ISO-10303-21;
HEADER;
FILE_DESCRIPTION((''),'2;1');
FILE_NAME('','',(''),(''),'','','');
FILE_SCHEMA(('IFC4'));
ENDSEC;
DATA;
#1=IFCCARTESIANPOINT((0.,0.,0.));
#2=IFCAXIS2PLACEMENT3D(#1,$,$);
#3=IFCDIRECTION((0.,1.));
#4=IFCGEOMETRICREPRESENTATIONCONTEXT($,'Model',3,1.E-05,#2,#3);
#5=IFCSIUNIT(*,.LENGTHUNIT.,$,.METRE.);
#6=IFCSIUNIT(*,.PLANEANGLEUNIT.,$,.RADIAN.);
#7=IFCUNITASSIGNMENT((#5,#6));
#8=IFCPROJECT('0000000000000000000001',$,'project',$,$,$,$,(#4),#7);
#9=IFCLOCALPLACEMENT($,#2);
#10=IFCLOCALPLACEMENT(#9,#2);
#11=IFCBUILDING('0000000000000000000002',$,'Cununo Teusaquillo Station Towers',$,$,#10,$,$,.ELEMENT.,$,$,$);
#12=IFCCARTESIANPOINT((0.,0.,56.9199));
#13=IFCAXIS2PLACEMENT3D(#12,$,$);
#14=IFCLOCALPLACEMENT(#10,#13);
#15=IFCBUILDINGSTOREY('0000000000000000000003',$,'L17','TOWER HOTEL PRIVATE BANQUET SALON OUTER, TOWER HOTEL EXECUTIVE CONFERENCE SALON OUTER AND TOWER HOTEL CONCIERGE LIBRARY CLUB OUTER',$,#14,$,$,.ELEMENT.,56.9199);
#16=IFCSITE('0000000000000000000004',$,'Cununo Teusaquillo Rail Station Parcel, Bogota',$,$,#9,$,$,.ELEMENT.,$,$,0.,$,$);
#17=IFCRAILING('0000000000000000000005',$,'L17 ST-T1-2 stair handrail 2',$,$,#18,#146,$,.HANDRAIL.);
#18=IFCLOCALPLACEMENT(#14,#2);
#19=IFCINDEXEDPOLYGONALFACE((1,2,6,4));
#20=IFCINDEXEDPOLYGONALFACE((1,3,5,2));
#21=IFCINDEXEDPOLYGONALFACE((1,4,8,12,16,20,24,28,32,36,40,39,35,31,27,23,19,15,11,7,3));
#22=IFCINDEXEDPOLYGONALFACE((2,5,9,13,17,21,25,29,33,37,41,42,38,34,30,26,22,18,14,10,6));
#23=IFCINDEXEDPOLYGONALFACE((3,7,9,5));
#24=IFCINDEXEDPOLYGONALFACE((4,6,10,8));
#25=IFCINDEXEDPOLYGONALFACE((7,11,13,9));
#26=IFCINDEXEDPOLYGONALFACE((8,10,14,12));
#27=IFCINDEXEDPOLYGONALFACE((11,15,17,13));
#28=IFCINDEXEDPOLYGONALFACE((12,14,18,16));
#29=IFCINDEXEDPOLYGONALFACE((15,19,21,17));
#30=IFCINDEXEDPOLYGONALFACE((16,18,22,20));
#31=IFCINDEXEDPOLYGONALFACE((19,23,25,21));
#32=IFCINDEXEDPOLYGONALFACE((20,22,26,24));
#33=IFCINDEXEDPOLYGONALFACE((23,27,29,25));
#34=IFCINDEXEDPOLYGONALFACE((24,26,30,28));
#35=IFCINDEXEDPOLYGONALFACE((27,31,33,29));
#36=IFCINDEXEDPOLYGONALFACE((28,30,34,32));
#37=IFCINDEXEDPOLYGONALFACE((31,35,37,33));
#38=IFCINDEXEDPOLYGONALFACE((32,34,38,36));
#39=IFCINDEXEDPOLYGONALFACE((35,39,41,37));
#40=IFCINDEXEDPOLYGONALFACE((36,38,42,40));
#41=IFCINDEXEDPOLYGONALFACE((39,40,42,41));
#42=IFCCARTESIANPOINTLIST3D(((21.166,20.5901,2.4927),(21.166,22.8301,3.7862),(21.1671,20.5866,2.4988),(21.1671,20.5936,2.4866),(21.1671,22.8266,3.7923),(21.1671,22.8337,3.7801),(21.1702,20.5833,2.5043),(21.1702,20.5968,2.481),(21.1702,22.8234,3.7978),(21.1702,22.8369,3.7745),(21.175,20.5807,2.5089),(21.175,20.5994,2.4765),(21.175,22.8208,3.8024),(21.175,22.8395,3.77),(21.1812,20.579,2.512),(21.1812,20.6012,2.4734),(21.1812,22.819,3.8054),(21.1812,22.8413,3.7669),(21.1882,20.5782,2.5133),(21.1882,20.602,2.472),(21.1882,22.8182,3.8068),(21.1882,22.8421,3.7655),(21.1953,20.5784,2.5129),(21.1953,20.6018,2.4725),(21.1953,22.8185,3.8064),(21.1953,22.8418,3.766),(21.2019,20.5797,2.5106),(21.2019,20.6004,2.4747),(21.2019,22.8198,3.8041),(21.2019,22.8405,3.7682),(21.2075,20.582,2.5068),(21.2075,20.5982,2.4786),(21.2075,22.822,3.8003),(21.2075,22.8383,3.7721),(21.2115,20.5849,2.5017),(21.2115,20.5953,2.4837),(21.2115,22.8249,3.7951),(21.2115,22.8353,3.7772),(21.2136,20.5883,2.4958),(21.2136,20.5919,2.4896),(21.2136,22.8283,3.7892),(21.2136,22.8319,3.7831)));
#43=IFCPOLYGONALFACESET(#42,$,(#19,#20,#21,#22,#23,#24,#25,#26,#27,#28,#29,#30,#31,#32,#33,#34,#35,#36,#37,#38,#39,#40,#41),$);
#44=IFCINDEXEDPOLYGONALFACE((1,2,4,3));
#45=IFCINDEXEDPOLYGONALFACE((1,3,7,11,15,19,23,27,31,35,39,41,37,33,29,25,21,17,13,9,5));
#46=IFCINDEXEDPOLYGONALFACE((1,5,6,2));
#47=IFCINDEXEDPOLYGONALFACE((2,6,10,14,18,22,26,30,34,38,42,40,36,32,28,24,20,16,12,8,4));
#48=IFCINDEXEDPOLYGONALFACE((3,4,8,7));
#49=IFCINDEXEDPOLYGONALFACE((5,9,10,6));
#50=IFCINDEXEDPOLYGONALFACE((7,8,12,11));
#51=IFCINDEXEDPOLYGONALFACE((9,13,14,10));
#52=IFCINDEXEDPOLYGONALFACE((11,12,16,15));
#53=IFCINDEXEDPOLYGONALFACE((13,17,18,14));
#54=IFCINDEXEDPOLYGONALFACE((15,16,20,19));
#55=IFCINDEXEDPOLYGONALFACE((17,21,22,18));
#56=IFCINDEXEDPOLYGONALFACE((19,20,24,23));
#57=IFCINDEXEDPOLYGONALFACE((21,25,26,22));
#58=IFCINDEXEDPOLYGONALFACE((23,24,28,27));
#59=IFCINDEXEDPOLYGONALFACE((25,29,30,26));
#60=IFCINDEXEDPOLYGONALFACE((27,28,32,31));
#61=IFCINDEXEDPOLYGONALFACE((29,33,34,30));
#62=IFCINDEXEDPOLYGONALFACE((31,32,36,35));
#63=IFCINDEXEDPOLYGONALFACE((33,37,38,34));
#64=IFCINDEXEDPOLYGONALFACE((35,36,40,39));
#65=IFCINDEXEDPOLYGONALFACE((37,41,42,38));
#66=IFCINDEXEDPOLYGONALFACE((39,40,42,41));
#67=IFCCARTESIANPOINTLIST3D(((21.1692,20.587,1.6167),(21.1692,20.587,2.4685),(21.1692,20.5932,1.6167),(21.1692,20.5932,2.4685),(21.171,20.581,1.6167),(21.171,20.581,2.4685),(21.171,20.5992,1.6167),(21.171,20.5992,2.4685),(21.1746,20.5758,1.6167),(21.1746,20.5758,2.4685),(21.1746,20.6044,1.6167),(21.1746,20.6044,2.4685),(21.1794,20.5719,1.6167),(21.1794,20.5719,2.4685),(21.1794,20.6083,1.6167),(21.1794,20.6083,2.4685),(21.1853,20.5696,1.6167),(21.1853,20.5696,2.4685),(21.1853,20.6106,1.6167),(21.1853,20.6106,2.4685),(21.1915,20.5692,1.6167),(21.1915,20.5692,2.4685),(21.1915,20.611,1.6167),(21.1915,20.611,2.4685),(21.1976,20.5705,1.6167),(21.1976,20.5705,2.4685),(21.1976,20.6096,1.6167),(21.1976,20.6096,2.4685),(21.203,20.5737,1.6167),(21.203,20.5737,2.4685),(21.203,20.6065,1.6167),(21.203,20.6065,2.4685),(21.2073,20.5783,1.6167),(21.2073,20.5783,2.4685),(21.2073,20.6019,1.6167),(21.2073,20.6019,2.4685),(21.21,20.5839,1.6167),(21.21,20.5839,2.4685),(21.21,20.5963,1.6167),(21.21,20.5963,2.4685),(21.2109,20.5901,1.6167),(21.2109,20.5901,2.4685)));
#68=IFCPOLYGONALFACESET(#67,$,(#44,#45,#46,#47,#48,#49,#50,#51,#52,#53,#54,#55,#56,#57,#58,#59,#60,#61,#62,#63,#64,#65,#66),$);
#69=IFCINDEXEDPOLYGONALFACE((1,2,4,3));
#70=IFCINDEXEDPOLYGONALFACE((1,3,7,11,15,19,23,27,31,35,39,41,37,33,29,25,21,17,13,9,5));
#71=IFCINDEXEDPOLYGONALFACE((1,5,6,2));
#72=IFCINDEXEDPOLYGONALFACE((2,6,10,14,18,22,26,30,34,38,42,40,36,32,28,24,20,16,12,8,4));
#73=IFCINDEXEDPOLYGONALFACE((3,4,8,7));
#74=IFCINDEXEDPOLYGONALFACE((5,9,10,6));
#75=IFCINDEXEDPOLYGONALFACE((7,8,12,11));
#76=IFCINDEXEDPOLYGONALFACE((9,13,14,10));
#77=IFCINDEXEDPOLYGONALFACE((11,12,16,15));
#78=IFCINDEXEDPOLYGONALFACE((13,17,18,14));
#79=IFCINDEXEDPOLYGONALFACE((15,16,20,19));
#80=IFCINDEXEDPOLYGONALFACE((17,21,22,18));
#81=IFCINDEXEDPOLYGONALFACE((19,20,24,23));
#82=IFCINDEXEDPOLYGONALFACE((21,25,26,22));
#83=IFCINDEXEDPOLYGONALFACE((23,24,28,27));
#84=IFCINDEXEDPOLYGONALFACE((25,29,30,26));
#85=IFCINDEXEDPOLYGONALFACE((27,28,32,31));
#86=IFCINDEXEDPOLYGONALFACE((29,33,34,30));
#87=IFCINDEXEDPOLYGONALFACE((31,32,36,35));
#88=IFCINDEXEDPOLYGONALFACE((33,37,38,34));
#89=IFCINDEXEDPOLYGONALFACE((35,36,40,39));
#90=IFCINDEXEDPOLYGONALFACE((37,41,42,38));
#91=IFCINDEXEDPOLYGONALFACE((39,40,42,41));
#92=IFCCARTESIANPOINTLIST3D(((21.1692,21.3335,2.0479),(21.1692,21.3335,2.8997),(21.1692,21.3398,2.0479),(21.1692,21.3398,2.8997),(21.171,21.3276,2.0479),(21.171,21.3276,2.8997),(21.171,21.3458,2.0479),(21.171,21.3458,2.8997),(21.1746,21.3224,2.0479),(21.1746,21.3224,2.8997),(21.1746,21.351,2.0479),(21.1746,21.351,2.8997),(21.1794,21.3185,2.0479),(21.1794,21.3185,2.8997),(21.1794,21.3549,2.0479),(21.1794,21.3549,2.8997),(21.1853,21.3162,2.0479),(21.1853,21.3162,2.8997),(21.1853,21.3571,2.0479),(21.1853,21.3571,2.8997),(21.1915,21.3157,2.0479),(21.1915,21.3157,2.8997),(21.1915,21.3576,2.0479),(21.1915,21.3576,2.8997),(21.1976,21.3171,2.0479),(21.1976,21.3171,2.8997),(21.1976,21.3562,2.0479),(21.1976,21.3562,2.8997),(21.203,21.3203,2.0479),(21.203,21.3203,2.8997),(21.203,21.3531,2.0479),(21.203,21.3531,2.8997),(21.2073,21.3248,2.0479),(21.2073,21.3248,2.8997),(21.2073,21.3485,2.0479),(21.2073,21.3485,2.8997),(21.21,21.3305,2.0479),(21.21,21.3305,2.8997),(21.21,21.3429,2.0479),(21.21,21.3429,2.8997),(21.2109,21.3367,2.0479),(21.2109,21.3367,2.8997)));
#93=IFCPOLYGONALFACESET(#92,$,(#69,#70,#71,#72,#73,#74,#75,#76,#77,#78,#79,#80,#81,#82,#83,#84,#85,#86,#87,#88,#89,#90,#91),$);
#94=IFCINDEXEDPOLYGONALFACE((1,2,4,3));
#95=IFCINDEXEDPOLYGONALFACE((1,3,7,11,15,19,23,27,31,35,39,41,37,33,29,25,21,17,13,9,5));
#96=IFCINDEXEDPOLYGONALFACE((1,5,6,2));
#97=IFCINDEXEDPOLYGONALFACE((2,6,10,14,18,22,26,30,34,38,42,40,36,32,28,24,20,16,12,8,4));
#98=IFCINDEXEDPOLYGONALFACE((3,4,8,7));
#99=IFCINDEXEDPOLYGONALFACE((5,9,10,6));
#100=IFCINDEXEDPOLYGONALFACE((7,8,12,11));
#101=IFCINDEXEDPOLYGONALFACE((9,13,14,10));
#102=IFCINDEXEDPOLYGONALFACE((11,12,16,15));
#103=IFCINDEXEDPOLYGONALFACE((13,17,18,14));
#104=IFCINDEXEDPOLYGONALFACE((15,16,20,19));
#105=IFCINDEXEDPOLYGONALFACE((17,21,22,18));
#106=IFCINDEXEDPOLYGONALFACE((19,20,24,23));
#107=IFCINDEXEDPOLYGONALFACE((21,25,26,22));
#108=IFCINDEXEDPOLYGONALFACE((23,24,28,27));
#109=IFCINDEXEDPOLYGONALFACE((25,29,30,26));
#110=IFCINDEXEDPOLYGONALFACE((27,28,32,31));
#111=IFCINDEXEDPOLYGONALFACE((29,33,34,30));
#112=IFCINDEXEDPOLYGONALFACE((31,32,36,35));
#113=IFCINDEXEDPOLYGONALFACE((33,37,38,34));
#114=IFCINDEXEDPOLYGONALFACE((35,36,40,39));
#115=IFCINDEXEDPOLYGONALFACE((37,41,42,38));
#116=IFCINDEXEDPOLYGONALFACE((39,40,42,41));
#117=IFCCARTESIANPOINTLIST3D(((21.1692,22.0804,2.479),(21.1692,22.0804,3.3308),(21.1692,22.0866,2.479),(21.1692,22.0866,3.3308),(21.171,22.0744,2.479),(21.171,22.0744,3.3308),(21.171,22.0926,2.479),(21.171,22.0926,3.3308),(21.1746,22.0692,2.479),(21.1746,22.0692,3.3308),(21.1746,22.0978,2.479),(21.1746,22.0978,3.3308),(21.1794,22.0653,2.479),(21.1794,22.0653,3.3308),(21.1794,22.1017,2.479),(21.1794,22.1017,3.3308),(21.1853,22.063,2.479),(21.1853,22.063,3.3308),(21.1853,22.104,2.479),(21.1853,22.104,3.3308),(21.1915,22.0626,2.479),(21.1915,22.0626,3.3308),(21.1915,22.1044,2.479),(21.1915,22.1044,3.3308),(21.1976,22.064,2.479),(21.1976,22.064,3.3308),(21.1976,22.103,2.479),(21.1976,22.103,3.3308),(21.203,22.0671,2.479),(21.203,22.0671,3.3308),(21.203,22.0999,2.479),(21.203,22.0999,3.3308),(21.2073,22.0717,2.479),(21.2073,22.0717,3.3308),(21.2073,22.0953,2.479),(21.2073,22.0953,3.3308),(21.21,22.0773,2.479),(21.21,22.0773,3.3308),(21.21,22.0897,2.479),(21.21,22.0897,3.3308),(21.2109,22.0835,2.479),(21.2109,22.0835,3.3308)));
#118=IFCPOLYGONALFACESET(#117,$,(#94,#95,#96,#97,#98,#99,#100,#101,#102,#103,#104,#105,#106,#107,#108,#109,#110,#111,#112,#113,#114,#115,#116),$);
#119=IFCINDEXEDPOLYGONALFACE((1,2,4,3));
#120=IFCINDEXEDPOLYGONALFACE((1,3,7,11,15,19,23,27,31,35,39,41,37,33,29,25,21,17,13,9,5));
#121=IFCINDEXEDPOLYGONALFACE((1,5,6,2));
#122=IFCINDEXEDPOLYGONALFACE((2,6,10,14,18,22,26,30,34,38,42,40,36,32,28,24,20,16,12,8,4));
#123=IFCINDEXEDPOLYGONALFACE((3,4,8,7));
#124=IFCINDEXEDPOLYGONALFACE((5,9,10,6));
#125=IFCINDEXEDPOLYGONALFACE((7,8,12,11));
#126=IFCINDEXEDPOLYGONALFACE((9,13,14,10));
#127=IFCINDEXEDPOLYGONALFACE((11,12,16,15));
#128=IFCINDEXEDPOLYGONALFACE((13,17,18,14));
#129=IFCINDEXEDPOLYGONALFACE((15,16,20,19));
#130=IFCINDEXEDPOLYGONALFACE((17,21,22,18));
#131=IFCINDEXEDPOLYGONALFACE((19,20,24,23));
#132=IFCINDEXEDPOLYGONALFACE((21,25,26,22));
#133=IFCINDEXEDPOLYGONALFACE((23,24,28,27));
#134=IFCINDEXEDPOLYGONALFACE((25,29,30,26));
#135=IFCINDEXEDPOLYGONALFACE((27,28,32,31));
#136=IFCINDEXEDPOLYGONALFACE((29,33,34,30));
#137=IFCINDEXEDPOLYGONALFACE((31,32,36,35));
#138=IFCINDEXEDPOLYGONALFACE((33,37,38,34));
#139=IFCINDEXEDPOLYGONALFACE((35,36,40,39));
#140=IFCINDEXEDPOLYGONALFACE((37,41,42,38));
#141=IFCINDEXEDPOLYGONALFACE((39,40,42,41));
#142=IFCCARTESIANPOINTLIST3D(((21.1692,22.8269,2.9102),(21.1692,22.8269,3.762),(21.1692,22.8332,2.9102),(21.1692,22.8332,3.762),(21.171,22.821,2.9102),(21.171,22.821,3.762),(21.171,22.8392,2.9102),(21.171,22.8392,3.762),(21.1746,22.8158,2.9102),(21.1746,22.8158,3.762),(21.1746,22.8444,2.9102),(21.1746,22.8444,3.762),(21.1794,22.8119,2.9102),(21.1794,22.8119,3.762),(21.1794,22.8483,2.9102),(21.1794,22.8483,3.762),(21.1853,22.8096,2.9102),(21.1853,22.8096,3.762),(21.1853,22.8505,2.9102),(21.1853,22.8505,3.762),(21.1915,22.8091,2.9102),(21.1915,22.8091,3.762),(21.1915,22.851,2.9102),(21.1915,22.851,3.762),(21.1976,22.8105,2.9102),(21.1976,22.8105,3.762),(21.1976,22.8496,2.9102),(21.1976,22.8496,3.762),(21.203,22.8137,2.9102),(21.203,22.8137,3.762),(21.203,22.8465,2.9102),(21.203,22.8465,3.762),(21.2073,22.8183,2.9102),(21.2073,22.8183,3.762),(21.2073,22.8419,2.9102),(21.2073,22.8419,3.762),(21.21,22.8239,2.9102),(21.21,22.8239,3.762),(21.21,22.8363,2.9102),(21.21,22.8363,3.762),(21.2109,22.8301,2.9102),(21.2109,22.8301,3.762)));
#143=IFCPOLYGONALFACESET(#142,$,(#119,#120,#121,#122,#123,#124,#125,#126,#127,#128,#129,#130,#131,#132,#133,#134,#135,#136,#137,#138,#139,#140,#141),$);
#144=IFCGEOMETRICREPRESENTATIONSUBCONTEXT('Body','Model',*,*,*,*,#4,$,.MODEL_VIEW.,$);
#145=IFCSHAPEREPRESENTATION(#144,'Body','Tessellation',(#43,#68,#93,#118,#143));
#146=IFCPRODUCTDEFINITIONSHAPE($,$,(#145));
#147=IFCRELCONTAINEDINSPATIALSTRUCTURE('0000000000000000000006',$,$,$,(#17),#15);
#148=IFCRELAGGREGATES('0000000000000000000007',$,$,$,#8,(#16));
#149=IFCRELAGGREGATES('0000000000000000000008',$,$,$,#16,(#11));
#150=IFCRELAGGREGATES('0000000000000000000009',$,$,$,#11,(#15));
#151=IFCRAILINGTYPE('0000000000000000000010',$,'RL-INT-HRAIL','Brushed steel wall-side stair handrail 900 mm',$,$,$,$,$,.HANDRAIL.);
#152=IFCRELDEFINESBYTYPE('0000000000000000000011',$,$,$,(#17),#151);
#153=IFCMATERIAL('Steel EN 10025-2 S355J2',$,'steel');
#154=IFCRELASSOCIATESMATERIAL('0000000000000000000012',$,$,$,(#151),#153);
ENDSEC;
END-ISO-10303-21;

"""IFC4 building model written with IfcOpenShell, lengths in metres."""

from ifc_helpers import new_model, si_unit, direction, frame, origin, origin_2d, place, context, subcontext, project, spatial, circle, extrude, material, type_object, element, save


model = new_model("IFC4")

# Units and contexts
model_context = context("Model", 3, precision=1e-05, world=origin(), true_north=direction((0.0, 1.0)))
body_context = subcontext(model_context, "Body", "Model", "MODEL_VIEW")
ifc_project = project(units=[si_unit("LENGTHUNIT", "METRE"), si_unit("PLANEANGLEUNIT", "RADIAN")], contexts=[model_context])

# Site, building, storey
site_placement = place(None, origin())
site = spatial("IfcSite", under=ifc_project, at=site_placement, Name="Cununo Teusaquillo Rail Station Parcel, Bogota", CompositionType="ELEMENT", RefElevation=0.0)
building_placement = place(site_placement, origin())
building = spatial("IfcBuilding", under=site, at=building_placement, Name="Cununo Teusaquillo Station Towers", CompositionType="ELEMENT")
storey_placement = place(building_placement, frame((0.0, 0.0, 56.9199)))
storey = spatial("IfcBuildingStorey", under=building, at=storey_placement, Name="L17", Description="TOWER HOTEL PRIVATE BANQUET SALON OUTER, TOWER HOTEL EXECUTIVE CONFERENCE SALON OUTER AND TOWER HOTEL CONCIERGE LIBRARY CLUB OUTER", CompositionType="ELEMENT", Elevation=56.9199)

# Railing
ifc_material_1 = material(Name="Steel EN 10025-2 S355J2", Category="steel")
railing_type_1 = type_object("IfcRailingType", Name="RL-INT-HRAIL", Description="Brushed steel wall-side stair handrail 900 mm", PredefinedType="HANDRAIL", material=ifc_material_1)
railing_1_placement = place(storey_placement, frame((21.1899, 20.5901, 1.6167)))
element("IfcRailing", 1, at=railing_1_placement, inside=storey, type_object=railing_type_1, Name="L17 ST-T1-2 stair handrail 2", PredefinedType="HANDRAIL", context=body_context, shape_type="SweptSolid", body=[
    extrude(circle(Radius=0.0239, at=origin_2d()), frame((0.0, 0.0, 0.876), z_axis=(0.0, 0.865992, 0.500057), x_axis=(-1.0, 0.0, 0.0)), (0.0, 0.0, 1.0), 2.5867),
    extrude(circle(Radius=0.021, at=origin_2d()), origin(), (0.0, 0.0, 1.0), 0.8518),
    extrude(circle(Radius=0.021, at=origin_2d()), frame((0.0, 0.7466, 0.4312)), (0.0, 0.0, 1.0), 0.8518),
    extrude(circle(Radius=0.021, at=origin_2d()), frame((0.0, 1.4934, 0.8623)), (0.0, 0.0, 1.0), 0.8518),
    extrude(circle(Radius=0.021, at=origin_2d()), frame((0.0, 2.24, 1.2935)), (0.0, 0.0, 1.0), 0.8518),
])

save(model, "model.ifc")
